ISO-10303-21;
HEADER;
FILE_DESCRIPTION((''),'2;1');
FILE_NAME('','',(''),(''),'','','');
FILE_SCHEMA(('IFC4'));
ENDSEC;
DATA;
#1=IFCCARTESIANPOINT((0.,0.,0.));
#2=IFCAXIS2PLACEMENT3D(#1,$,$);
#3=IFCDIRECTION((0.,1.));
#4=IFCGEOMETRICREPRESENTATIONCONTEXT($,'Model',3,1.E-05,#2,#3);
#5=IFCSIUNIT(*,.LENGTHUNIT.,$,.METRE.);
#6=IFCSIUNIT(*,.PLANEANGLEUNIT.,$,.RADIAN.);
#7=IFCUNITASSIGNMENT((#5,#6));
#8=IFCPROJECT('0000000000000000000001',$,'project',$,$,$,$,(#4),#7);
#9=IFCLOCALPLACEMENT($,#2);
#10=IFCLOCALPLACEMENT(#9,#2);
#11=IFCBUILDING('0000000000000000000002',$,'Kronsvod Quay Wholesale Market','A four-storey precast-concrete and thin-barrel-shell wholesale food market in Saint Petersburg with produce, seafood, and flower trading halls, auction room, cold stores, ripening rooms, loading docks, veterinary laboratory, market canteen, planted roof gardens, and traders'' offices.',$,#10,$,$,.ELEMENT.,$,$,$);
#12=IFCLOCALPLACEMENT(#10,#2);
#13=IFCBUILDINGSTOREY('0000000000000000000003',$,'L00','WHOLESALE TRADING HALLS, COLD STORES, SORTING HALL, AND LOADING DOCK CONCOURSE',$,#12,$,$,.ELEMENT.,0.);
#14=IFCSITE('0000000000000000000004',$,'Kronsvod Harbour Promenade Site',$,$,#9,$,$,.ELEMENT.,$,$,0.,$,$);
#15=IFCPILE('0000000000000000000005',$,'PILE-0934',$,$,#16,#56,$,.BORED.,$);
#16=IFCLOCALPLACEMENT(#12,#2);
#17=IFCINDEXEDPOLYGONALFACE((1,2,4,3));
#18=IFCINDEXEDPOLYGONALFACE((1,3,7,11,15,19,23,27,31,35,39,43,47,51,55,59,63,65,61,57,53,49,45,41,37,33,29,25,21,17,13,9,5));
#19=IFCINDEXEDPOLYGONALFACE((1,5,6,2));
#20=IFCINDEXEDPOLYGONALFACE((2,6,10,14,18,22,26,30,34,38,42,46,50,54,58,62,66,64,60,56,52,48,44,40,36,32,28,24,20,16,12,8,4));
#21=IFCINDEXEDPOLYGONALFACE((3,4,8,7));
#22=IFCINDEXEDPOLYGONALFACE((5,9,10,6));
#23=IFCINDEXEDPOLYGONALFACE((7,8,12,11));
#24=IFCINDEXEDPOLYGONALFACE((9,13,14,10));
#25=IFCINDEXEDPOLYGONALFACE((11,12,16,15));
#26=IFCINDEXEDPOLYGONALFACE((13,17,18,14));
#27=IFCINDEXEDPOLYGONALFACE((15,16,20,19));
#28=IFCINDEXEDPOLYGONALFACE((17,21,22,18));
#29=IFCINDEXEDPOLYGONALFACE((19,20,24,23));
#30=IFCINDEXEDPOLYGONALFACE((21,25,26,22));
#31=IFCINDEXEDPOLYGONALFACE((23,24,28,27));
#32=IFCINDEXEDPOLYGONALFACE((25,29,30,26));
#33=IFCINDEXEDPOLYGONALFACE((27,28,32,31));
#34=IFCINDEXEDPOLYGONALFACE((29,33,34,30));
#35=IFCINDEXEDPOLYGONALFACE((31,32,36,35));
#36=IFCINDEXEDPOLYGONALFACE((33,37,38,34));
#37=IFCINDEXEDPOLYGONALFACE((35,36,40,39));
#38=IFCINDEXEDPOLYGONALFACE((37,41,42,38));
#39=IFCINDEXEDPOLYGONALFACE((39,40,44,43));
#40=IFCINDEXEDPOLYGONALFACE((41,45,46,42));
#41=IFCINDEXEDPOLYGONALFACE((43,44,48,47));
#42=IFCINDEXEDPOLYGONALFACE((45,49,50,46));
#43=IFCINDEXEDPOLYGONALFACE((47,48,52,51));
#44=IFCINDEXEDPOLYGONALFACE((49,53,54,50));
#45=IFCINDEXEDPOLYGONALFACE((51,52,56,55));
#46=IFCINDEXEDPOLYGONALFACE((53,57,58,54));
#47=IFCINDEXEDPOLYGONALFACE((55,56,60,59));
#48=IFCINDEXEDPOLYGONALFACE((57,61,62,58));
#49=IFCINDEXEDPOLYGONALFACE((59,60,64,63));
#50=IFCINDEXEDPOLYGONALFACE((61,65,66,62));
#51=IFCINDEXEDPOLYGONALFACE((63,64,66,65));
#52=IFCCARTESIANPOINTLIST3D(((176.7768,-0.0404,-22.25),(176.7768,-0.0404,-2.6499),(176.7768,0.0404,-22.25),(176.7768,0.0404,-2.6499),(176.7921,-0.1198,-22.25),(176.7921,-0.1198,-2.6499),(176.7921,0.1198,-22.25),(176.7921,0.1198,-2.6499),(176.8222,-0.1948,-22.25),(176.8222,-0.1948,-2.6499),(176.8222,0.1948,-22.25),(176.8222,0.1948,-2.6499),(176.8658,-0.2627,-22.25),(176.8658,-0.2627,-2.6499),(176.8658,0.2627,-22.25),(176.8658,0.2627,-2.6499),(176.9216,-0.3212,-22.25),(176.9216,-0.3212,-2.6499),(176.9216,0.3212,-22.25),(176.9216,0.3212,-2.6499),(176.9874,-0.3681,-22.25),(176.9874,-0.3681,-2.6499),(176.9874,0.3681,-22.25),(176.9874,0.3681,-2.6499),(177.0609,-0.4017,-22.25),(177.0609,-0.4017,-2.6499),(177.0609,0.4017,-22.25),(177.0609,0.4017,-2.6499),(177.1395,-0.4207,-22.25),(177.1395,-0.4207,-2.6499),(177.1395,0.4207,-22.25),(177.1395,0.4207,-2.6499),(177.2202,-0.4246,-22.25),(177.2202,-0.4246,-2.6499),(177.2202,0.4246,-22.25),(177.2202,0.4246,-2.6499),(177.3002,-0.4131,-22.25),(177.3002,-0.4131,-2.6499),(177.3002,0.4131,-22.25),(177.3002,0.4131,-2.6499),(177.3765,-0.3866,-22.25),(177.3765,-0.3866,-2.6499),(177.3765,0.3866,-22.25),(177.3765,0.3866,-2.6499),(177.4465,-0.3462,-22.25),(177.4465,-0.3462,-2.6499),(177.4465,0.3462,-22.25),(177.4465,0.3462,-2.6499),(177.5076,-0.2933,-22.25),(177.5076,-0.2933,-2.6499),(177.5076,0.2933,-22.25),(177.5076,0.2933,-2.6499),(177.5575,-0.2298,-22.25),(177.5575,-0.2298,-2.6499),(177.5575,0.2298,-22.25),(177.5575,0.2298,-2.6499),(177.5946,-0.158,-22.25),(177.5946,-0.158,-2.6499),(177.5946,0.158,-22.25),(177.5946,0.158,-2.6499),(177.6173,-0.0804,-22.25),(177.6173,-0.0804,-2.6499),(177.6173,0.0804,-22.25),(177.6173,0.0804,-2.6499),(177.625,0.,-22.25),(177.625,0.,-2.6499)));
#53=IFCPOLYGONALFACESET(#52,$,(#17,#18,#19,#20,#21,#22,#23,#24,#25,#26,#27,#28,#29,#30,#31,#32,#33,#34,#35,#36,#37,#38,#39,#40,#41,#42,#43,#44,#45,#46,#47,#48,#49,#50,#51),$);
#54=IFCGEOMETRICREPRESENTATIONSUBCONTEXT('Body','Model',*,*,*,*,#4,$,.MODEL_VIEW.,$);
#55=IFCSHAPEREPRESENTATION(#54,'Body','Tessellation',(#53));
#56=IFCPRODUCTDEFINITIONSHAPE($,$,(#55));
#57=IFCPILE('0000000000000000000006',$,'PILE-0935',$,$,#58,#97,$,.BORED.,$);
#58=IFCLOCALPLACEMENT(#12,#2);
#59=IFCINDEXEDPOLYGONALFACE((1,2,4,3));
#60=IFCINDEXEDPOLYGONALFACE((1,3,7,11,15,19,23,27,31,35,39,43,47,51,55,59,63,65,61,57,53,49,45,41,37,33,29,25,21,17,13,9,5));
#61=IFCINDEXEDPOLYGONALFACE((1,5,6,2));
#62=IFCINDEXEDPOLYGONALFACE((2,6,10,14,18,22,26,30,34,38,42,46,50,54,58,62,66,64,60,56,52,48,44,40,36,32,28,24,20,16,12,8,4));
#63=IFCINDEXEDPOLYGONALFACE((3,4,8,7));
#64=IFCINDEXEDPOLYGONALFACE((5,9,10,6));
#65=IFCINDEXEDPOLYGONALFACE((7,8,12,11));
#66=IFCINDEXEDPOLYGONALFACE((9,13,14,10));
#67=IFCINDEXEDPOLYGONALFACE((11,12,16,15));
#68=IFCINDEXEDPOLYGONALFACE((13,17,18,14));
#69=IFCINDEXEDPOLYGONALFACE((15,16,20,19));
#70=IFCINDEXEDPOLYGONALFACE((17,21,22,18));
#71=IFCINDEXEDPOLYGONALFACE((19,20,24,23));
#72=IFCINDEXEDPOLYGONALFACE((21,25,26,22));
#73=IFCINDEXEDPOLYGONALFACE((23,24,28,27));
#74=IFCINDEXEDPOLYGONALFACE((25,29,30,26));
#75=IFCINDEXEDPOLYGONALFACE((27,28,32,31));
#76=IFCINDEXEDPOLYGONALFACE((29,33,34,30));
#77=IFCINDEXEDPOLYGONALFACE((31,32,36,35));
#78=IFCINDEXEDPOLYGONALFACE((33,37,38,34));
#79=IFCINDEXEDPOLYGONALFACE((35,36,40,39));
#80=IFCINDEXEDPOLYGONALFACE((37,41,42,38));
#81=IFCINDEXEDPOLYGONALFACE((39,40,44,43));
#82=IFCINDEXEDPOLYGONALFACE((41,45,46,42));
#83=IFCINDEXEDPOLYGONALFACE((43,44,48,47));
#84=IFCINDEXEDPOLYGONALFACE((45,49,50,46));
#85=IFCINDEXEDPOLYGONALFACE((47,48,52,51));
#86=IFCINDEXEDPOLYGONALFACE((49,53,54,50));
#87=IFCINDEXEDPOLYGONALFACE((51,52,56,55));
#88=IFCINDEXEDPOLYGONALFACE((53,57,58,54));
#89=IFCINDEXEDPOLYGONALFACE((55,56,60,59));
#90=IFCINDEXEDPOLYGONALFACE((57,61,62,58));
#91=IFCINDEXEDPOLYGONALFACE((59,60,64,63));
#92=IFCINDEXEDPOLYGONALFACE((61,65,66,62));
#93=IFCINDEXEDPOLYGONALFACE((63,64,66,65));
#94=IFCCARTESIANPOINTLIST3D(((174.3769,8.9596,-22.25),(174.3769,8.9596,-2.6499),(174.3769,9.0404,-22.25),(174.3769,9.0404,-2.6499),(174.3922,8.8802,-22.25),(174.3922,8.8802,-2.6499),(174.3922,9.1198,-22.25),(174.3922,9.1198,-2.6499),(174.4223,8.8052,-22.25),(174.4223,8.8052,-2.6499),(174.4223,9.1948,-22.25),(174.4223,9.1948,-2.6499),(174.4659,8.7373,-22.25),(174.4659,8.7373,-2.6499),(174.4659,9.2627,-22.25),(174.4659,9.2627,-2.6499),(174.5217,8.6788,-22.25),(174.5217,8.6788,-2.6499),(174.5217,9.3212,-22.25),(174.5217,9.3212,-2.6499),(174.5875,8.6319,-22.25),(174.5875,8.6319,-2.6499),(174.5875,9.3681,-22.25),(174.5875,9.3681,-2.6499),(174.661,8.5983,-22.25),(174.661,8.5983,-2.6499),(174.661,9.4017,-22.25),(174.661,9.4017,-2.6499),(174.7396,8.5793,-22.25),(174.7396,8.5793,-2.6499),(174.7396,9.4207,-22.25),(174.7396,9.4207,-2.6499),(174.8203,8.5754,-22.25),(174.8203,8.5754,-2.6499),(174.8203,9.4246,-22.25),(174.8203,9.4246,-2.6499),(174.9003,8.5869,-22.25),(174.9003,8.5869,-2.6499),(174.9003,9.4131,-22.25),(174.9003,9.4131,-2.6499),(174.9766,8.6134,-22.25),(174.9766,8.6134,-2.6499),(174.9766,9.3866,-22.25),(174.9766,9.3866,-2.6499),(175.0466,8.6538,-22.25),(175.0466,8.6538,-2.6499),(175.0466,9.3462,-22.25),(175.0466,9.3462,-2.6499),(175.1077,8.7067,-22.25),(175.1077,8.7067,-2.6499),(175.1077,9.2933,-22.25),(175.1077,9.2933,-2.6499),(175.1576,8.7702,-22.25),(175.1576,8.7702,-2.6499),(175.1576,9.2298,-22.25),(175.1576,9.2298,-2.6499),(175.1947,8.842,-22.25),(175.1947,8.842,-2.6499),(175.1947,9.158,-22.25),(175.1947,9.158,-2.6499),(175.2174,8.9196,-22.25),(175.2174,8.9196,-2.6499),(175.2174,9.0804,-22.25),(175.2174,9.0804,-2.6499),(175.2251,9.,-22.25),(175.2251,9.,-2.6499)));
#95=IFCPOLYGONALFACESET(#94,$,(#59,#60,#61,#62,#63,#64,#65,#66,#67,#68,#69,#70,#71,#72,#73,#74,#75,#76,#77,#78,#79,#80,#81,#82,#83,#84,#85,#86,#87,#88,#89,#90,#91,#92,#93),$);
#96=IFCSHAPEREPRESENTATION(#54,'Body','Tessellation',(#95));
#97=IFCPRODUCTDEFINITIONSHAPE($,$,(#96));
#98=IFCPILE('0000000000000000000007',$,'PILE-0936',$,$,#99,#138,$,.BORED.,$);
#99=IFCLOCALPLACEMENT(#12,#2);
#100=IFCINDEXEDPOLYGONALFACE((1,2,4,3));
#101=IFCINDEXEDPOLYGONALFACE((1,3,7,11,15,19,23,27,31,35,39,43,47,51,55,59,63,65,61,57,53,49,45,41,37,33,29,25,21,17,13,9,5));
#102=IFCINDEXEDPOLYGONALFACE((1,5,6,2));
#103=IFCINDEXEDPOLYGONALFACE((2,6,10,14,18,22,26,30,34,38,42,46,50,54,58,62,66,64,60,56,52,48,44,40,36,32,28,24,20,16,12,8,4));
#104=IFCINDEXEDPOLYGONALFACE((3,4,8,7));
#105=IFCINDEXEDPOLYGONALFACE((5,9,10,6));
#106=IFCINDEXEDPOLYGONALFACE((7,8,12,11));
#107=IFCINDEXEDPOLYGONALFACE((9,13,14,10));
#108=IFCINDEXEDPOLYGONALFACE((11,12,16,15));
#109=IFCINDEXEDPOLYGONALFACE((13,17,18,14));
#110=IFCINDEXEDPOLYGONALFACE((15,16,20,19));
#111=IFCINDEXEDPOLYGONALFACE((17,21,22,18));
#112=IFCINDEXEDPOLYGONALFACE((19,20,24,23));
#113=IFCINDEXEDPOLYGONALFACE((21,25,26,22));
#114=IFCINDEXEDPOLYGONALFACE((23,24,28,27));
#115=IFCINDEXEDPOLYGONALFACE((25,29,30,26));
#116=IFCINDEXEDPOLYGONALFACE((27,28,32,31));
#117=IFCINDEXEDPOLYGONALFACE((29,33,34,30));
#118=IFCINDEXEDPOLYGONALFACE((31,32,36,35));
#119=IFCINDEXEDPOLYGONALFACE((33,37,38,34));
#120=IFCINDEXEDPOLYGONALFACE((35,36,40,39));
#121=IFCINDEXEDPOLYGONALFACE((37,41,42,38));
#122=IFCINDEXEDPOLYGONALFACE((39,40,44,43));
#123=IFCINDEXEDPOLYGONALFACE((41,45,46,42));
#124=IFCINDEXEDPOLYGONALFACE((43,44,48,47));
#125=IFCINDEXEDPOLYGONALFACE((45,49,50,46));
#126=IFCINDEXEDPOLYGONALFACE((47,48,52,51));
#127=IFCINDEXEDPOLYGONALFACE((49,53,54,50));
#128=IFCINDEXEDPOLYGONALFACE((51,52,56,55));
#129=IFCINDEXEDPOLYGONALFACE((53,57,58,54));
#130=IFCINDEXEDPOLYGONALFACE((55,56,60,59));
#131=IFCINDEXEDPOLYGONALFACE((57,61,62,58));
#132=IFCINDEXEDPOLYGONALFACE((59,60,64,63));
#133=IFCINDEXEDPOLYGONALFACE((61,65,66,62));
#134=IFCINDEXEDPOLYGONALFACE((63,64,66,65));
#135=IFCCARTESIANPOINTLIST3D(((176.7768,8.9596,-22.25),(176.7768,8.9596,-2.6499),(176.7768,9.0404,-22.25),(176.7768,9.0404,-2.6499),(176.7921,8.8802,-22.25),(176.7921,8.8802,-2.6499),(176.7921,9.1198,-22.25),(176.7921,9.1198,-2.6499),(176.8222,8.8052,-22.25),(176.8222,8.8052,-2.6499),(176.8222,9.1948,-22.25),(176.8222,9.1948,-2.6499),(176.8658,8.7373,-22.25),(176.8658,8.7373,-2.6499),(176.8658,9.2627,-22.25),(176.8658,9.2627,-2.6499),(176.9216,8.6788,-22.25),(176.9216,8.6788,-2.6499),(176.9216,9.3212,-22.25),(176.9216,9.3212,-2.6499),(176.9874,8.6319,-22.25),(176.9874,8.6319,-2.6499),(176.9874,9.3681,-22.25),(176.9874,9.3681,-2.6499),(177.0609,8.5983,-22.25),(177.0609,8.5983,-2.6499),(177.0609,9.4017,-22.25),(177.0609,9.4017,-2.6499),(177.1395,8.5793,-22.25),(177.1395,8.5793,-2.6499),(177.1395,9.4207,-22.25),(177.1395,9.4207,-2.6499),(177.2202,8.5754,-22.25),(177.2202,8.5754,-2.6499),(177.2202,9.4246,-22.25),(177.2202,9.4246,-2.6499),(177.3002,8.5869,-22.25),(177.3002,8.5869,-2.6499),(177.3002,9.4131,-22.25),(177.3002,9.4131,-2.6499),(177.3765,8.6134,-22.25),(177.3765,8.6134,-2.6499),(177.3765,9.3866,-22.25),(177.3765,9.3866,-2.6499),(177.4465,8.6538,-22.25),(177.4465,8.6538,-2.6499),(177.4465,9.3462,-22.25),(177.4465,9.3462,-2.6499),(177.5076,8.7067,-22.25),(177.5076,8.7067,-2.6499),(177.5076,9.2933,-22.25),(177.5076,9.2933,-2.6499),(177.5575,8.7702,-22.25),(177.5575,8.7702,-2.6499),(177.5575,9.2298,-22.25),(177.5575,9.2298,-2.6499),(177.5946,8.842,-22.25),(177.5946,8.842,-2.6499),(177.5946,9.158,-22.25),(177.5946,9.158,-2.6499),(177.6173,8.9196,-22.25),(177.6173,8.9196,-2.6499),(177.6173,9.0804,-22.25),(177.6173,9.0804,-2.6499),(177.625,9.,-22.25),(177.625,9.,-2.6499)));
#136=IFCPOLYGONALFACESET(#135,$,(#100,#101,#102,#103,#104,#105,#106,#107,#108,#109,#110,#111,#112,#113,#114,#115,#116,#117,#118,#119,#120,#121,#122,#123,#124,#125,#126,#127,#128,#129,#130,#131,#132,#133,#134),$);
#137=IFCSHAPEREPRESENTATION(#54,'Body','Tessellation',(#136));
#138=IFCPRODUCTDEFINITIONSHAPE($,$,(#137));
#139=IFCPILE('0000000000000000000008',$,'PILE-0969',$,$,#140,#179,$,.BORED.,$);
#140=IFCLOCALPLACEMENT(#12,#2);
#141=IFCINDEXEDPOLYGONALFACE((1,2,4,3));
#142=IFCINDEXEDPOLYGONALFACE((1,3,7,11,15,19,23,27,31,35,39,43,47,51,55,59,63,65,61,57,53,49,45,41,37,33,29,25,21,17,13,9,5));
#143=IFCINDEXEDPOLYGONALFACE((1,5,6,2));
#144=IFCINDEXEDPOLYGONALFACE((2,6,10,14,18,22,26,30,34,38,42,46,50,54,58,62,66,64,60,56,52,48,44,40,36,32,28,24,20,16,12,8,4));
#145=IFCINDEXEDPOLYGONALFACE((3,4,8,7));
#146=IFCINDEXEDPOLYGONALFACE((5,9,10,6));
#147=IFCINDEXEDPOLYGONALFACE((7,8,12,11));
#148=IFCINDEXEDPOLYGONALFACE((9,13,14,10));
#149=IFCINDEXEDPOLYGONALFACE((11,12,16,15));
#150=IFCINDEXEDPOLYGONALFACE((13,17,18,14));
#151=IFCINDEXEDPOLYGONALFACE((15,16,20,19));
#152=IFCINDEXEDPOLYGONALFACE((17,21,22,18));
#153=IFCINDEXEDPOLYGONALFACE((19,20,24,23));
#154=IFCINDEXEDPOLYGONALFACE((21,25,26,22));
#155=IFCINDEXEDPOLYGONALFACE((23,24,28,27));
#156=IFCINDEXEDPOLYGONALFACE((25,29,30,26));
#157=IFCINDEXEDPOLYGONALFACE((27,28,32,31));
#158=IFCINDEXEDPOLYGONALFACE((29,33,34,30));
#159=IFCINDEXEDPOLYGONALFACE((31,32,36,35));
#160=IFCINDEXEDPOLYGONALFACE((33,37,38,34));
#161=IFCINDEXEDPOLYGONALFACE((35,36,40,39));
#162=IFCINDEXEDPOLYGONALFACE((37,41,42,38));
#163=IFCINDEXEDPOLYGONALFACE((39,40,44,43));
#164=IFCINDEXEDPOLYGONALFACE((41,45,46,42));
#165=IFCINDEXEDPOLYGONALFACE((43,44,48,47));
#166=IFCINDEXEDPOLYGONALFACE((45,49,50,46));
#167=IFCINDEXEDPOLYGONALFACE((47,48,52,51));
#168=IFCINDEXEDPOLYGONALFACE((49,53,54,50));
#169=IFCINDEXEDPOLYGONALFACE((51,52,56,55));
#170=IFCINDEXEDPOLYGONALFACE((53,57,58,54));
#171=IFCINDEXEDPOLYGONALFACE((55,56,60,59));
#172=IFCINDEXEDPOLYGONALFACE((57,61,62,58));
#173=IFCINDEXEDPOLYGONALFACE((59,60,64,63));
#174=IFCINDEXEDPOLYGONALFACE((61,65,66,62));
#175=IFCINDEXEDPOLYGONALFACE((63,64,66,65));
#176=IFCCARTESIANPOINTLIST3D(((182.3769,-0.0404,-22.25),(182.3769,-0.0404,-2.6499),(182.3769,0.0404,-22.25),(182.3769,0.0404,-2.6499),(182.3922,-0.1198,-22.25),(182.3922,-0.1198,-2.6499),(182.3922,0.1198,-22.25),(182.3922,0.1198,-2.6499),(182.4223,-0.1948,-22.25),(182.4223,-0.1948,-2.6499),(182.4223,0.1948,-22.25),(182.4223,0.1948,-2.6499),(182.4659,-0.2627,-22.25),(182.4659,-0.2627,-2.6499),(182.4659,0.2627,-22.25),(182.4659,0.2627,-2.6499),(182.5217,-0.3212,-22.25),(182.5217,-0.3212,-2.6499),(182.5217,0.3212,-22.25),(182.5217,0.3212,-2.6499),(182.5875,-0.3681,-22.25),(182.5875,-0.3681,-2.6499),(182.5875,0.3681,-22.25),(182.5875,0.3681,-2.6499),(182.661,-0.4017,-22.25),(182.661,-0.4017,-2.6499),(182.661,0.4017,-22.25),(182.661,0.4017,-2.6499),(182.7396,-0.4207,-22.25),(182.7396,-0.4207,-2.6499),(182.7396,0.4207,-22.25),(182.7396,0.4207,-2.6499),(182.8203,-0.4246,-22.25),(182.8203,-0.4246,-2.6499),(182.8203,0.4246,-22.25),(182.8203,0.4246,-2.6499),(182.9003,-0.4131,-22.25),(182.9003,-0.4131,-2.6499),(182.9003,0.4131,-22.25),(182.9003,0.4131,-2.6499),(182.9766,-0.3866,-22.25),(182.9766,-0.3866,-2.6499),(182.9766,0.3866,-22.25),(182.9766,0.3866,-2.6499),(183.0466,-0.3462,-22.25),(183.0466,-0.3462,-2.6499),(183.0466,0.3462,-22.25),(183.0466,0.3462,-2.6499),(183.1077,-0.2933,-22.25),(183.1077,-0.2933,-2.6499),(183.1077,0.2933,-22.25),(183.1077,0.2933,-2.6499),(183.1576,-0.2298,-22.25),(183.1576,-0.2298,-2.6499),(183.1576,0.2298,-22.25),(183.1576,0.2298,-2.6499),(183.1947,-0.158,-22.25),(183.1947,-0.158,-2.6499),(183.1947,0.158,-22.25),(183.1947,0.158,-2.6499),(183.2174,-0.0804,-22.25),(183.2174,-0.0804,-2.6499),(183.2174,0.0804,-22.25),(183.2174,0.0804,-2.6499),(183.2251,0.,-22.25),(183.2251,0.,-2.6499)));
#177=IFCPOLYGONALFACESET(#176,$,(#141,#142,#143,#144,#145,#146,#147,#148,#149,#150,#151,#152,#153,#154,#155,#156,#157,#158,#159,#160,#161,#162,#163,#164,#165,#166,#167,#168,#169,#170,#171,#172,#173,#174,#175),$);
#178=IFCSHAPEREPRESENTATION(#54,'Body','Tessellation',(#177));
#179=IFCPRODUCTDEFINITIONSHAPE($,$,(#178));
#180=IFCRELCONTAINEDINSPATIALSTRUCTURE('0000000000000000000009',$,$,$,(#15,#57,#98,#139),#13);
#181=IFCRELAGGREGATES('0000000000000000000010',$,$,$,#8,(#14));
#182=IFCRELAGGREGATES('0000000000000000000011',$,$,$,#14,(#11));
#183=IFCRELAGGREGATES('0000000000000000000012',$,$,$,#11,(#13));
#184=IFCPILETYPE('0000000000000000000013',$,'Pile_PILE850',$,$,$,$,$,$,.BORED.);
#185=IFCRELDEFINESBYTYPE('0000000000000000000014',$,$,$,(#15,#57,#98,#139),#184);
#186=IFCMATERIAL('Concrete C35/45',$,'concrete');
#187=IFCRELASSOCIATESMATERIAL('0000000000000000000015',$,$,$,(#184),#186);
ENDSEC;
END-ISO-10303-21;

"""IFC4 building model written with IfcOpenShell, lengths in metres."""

from ifc_helpers import new_model, si_unit, direction, frame, origin, origin_2d, place, context, subcontext, project, spatial, circle, extrude, material, material_profile, profile_set, type_object, element, save


model = new_model("IFC4")

# Units and contexts
model_context = context("Model", 3, precision=1e-05, world=origin(), true_north=direction((0.0, 1.0)))
body_context = subcontext(model_context, "Body", "Model", "MODEL_VIEW")
ifc_project = project(units=[si_unit("LENGTHUNIT", "METRE"), si_unit("PLANEANGLEUNIT", "RADIAN")], contexts=[model_context])

# Site, building, storey
site_placement = place(None, origin())
site = spatial("IfcSite", under=ifc_project, at=site_placement, Name="Kronsvod Harbour Promenade Site", CompositionType="ELEMENT", RefElevation=0.0)
building_placement = place(site_placement, origin())
building = spatial("IfcBuilding", under=site, at=building_placement, Name="Kronsvod Quay Wholesale Market", Description="A four-storey precast-concrete and thin-barrel-shell wholesale food market in Saint Petersburg with produce, seafood, and flower trading halls, auction room, cold stores, ripening rooms, loading docks, veterinary laboratory, market canteen, planted roof gardens, and traders' offices.", CompositionType="ELEMENT")
storey_placement = place(building_placement, origin())
storey = spatial("IfcBuildingStorey", under=building, at=storey_placement, Name="L00", Description="WHOLESALE TRADING HALLS, COLD STORES, SORTING HALL, AND LOADING DOCK CONCOURSE", CompositionType="ELEMENT", Elevation=0.0)

# Piles
ifc_material_1 = material(Name="Concrete C35/45", Category="concrete")
ifc_material_profile_1 = material_profile(ifc_material_1, circle(Radius=0.425, at=origin_2d()), Name="PILE850")
ifc_profile_set_1 = profile_set([ifc_material_profile_1], Name="Concrete C35/45")
pile_type_1 = type_object("IfcPileType", Name="Pile_PILE850", PredefinedType="BORED", material=ifc_profile_set_1)
for number, where, z_axis, x_axis, name in (
    (1, (177.2, 0.0, -2.6499), (0.0, 0.0, -1.0), (1.0, 0.0, 0.0), "PILE-0934"),
    (2, (174.8, 9.0, -2.6499), (0.0, 0.0, -1.0), (1.0, 0.0, 0.0), "PILE-0935"),
    (3, (177.2, 9.0, -2.6499), (0.0, 0.0, -1.0), (1.0, 0.0, 0.0), "PILE-0936"),
    (4, (182.8, 0.0, -2.6499), (0.0, 0.0, -1.0), (1.0, 0.0, 0.0), "PILE-0969"),
):
    element("IfcPile", number, at=place(storey_placement, frame(where, z_axis=z_axis, x_axis=x_axis)), inside=storey, type_object=pile_type_1, Name=name, PredefinedType="BORED", context=body_context, shape_type="SweptSolid", body=[
        extrude(circle(Radius=0.425, at=origin_2d()), origin(), (0.0, 0.0, 1.0), 19.6001),
    ])

save(model, "model.ifc")
